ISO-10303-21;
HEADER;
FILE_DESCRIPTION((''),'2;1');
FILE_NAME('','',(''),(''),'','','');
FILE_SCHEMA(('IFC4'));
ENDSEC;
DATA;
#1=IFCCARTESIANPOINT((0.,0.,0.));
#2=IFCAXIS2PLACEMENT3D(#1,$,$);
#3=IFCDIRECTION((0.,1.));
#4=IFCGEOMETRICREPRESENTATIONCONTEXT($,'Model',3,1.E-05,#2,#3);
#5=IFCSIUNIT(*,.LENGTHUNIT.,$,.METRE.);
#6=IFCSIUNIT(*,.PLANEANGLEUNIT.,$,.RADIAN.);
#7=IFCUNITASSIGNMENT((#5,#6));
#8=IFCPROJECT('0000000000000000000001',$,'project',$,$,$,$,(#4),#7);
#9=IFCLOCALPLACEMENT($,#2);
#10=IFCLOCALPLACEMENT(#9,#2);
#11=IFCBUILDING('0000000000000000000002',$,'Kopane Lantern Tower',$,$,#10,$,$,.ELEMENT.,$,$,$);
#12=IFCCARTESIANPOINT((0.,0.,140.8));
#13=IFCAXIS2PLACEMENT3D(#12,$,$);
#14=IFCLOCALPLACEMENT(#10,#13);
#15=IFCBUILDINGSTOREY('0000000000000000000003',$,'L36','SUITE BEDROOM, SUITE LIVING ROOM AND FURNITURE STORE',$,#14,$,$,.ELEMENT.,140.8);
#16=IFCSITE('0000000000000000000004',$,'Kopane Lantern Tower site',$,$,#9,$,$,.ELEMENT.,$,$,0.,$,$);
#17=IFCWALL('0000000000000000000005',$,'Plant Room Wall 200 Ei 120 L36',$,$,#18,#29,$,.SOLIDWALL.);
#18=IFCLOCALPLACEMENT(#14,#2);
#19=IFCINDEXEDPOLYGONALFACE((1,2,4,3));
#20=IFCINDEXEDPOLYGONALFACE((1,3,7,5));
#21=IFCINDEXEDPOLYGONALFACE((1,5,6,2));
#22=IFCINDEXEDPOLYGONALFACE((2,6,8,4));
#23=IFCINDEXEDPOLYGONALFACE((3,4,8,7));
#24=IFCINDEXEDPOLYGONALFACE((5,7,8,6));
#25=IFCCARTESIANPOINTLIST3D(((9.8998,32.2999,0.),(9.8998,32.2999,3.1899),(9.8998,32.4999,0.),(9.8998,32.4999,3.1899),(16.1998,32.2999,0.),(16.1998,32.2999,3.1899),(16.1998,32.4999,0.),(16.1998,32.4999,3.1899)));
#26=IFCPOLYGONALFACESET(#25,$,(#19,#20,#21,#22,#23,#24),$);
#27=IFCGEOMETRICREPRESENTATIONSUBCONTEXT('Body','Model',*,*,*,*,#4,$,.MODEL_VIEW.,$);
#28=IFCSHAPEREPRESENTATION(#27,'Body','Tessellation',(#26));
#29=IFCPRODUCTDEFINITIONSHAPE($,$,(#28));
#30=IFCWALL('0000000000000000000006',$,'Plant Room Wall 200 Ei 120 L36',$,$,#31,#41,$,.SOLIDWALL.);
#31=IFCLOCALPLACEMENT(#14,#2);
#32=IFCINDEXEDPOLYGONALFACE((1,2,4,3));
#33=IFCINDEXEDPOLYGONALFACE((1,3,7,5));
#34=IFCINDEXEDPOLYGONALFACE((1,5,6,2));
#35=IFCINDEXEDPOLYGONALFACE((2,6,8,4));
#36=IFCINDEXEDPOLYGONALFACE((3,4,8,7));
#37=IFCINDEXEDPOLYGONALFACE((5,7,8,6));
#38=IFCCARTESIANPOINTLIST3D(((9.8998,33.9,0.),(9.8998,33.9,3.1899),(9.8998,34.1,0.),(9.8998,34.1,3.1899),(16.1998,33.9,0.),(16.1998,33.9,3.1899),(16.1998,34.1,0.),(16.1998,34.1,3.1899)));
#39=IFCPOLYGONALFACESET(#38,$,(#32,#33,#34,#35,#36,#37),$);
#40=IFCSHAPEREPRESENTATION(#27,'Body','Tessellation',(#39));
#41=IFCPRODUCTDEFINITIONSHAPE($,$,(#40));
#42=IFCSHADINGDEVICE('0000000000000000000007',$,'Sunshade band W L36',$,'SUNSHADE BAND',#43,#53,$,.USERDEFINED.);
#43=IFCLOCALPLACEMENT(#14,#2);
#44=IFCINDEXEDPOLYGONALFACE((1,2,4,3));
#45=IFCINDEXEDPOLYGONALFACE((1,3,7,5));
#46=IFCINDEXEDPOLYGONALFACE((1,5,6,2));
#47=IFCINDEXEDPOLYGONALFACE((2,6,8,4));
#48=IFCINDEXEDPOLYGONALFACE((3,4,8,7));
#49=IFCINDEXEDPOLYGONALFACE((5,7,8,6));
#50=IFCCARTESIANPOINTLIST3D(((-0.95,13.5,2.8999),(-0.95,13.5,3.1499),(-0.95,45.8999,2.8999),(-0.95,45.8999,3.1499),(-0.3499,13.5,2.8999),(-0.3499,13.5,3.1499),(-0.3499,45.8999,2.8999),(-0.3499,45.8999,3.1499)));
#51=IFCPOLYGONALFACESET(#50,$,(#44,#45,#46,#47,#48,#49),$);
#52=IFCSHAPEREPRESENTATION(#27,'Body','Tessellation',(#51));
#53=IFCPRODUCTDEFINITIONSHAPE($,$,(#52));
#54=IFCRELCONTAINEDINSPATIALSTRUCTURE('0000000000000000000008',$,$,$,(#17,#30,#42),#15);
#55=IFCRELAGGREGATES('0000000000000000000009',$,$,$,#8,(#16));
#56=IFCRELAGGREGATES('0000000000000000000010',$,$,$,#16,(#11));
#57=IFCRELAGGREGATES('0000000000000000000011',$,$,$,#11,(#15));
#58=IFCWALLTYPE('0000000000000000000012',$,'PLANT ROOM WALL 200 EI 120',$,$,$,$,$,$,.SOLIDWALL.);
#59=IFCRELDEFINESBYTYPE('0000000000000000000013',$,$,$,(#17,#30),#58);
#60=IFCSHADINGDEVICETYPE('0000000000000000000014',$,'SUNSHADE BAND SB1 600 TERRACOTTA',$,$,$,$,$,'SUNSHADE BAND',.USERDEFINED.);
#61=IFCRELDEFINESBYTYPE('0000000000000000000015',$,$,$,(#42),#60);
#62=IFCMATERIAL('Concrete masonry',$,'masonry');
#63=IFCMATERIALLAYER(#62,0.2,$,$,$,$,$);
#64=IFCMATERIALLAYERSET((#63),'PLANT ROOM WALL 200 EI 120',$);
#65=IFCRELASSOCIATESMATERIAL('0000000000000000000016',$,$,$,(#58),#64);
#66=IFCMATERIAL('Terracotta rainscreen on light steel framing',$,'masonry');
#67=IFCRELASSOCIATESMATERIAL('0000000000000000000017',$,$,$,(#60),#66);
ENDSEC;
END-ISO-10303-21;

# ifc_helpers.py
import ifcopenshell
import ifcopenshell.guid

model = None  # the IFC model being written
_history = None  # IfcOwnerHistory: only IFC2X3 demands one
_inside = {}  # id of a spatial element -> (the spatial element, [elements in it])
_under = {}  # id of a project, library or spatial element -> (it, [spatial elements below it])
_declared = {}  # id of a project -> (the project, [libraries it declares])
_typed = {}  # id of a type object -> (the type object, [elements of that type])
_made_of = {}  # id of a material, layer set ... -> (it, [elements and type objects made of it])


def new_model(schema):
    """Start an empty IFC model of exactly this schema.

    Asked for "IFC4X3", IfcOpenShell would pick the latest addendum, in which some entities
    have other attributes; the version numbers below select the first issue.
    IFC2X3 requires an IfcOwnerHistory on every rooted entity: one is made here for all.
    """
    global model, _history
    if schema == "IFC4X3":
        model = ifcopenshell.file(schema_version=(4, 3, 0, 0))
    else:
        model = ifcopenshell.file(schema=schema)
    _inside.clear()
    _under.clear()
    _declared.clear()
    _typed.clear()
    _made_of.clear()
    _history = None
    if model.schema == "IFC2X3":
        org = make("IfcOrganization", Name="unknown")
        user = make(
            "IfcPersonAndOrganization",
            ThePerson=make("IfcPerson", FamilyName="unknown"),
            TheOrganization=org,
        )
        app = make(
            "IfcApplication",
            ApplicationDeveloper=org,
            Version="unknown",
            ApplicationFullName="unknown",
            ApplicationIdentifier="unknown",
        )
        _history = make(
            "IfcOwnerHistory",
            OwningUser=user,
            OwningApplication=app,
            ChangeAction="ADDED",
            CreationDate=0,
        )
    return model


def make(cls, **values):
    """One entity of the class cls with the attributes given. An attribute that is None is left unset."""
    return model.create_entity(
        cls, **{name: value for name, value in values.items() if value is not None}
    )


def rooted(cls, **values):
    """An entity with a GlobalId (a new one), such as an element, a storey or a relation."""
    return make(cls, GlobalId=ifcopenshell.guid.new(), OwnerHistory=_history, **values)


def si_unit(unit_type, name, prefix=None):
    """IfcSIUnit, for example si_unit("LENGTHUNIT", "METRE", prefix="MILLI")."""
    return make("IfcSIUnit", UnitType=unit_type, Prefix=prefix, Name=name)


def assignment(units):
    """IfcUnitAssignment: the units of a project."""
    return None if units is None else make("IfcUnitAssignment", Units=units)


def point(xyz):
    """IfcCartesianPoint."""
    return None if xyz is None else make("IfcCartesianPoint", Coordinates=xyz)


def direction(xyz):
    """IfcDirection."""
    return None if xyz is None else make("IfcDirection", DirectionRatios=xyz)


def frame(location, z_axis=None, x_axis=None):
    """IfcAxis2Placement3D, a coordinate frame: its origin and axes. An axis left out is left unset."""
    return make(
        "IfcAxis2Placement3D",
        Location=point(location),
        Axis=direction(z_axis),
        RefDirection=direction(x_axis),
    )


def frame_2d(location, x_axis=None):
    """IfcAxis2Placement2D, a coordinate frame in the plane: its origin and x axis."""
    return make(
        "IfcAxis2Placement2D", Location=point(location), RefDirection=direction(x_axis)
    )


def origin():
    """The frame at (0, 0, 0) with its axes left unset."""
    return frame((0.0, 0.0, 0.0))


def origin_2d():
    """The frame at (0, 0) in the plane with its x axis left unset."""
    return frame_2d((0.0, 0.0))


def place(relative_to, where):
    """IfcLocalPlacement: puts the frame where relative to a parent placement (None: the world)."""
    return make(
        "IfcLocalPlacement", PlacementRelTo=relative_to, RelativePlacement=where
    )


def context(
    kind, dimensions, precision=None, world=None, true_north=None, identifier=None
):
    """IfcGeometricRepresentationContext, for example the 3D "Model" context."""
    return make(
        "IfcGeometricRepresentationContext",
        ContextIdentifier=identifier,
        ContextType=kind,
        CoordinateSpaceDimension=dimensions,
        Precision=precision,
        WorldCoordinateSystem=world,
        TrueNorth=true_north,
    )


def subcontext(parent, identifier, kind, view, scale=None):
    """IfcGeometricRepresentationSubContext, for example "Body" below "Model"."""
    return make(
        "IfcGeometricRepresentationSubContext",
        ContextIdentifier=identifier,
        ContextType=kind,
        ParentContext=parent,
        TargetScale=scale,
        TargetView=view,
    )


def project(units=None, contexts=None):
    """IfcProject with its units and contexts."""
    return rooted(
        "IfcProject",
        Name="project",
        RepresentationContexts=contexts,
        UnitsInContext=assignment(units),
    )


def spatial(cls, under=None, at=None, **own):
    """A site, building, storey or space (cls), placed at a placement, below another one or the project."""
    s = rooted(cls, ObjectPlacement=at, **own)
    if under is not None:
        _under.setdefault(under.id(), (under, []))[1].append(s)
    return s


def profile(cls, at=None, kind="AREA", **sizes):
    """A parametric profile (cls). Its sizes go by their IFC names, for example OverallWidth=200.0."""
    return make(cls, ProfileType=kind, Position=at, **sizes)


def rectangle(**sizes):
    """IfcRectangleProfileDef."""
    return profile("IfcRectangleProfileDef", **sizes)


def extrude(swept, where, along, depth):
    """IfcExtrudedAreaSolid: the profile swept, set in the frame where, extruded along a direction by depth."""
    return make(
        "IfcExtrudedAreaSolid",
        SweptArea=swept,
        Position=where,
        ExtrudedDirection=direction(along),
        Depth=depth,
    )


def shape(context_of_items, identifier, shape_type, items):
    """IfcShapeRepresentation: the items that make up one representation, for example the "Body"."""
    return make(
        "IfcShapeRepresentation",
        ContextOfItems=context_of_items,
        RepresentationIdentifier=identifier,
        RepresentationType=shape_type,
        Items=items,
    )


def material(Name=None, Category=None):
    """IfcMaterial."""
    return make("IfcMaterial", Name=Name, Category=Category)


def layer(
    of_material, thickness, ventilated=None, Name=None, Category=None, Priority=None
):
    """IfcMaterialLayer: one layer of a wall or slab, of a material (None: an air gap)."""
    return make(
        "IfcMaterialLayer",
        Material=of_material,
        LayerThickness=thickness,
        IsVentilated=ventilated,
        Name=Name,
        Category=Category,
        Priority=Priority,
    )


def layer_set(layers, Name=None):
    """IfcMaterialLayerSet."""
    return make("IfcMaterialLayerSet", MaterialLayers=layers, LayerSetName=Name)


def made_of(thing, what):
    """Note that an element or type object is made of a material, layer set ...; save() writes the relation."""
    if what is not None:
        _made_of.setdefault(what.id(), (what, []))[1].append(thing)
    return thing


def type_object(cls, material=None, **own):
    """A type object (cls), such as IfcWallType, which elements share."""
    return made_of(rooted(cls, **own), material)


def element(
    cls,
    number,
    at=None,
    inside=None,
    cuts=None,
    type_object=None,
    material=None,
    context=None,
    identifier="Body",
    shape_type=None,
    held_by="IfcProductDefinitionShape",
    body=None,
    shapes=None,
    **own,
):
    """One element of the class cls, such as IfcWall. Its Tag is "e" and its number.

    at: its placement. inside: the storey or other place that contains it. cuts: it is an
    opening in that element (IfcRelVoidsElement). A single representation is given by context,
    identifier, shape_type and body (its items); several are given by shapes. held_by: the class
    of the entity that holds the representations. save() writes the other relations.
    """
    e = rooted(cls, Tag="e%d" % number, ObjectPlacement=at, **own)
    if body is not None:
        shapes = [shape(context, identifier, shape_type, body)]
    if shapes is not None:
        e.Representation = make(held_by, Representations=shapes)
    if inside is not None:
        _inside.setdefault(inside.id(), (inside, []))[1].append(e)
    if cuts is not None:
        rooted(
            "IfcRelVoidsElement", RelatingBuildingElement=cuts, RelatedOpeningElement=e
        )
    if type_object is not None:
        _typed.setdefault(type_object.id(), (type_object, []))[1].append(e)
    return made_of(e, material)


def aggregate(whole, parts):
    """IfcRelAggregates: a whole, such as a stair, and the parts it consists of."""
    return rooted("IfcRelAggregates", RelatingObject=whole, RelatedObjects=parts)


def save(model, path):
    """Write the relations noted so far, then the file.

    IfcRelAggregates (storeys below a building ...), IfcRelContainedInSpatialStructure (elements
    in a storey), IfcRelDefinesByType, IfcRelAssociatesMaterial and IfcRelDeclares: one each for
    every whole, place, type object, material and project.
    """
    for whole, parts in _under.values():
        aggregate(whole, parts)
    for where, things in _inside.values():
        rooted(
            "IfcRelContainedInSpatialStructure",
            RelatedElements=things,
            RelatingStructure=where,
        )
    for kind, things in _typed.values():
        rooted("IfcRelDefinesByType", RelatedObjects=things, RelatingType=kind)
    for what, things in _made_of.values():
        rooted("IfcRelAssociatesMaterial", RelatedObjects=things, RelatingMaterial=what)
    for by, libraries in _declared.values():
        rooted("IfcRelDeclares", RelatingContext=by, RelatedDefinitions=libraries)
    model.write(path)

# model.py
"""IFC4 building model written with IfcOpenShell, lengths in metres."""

from ifc_helpers import new_model, si_unit, direction, frame, frame_2d, origin, origin_2d, place, context, subcontext, project, spatial, rectangle, extrude, material, layer, layer_set, type_object, element, save


model = new_model("IFC4")

# Units and contexts
model_context = context("Model", 3, precision=1e-05, world=origin(), true_north=direction((0.0, 1.0)))
body_context = subcontext(model_context, "Body", "Model", "MODEL_VIEW")
ifc_project = project(units=[si_unit("LENGTHUNIT", "METRE"), si_unit("PLANEANGLEUNIT", "RADIAN")], contexts=[model_context])

# Site, building, storey
site_placement = place(None, origin())
site = spatial("IfcSite", under=ifc_project, at=site_placement, Name="Kopane Lantern Tower site", CompositionType="ELEMENT", RefElevation=0.0)
building_placement = place(site_placement, origin())
building = spatial("IfcBuilding", under=site, at=building_placement, Name="Kopane Lantern Tower", CompositionType="ELEMENT")
storey_placement = place(building_placement, frame((0.0, 0.0, 140.8)))
storey = spatial("IfcBuildingStorey", under=building, at=storey_placement, Name="L36", Description="SUITE BEDROOM, SUITE LIVING ROOM AND FURNITURE STORE", CompositionType="ELEMENT", Elevation=140.8)

# Walls
ifc_material_1 = material(Name="Concrete masonry", Category="masonry")
ifc_layer_1 = layer(ifc_material_1, 0.2)
ifc_layer_set_1 = layer_set([ifc_layer_1], Name="PLANT ROOM WALL 200 EI 120")
wall_type_1 = type_object("IfcWallType", Name="PLANT ROOM WALL 200 EI 120", PredefinedType="SOLIDWALL", material=ifc_layer_set_1)
for number, where, z_axis, x_axis, name in (
    (1, (9.8999, 32.3999, 0.0), (0.0, 0.0, 1.0), (1.0, 0.0, 0.0), "Plant Room Wall 200 Ei 120 L36"),
    (2, (9.8999, 34.0, 0.0), (0.0, 0.0, 1.0), (1.0, 0.0, 0.0), "Plant Room Wall 200 Ei 120 L36"),
):
    element("IfcWall", number, at=place(storey_placement, frame(where, z_axis=z_axis, x_axis=x_axis)), inside=storey, type_object=wall_type_1, Name=name, PredefinedType="SOLIDWALL", context=body_context, shape_type="SweptSolid", body=[
        extrude(rectangle(XDim=6.3, YDim=0.2, at=frame_2d((3.1499, 0.0))), origin(), (0.0, 0.0, 1.0), 3.1899),
    ])

# Shading device
ifc_material_2 = material(Name="Terracotta rainscreen on light steel framing", Category="masonry")
shading_device_type = type_object("IfcShadingDeviceType", Name="SUNSHADE BAND SB1 600 TERRACOTTA", ElementType="SUNSHADE BAND", PredefinedType="USERDEFINED", material=ifc_material_2)
shading_device_placement = place(storey_placement, frame((-0.6499, 29.7, 2.8999), z_axis=(0.0, 0.0, 1.0), x_axis=(0.0, -1.0, 0.0)))
element("IfcShadingDevice", 3, at=shading_device_placement, inside=storey, type_object=shading_device_type, Name="Sunshade band W L36", ObjectType="SUNSHADE BAND", PredefinedType="USERDEFINED", context=body_context, shape_type="SweptSolid", body=[
    extrude(rectangle(XDim=32.3999, YDim=0.6001, at=origin_2d()), origin(), (0.0, 0.0, 1.0), 0.25),
])

save(model, "model.ifc")
